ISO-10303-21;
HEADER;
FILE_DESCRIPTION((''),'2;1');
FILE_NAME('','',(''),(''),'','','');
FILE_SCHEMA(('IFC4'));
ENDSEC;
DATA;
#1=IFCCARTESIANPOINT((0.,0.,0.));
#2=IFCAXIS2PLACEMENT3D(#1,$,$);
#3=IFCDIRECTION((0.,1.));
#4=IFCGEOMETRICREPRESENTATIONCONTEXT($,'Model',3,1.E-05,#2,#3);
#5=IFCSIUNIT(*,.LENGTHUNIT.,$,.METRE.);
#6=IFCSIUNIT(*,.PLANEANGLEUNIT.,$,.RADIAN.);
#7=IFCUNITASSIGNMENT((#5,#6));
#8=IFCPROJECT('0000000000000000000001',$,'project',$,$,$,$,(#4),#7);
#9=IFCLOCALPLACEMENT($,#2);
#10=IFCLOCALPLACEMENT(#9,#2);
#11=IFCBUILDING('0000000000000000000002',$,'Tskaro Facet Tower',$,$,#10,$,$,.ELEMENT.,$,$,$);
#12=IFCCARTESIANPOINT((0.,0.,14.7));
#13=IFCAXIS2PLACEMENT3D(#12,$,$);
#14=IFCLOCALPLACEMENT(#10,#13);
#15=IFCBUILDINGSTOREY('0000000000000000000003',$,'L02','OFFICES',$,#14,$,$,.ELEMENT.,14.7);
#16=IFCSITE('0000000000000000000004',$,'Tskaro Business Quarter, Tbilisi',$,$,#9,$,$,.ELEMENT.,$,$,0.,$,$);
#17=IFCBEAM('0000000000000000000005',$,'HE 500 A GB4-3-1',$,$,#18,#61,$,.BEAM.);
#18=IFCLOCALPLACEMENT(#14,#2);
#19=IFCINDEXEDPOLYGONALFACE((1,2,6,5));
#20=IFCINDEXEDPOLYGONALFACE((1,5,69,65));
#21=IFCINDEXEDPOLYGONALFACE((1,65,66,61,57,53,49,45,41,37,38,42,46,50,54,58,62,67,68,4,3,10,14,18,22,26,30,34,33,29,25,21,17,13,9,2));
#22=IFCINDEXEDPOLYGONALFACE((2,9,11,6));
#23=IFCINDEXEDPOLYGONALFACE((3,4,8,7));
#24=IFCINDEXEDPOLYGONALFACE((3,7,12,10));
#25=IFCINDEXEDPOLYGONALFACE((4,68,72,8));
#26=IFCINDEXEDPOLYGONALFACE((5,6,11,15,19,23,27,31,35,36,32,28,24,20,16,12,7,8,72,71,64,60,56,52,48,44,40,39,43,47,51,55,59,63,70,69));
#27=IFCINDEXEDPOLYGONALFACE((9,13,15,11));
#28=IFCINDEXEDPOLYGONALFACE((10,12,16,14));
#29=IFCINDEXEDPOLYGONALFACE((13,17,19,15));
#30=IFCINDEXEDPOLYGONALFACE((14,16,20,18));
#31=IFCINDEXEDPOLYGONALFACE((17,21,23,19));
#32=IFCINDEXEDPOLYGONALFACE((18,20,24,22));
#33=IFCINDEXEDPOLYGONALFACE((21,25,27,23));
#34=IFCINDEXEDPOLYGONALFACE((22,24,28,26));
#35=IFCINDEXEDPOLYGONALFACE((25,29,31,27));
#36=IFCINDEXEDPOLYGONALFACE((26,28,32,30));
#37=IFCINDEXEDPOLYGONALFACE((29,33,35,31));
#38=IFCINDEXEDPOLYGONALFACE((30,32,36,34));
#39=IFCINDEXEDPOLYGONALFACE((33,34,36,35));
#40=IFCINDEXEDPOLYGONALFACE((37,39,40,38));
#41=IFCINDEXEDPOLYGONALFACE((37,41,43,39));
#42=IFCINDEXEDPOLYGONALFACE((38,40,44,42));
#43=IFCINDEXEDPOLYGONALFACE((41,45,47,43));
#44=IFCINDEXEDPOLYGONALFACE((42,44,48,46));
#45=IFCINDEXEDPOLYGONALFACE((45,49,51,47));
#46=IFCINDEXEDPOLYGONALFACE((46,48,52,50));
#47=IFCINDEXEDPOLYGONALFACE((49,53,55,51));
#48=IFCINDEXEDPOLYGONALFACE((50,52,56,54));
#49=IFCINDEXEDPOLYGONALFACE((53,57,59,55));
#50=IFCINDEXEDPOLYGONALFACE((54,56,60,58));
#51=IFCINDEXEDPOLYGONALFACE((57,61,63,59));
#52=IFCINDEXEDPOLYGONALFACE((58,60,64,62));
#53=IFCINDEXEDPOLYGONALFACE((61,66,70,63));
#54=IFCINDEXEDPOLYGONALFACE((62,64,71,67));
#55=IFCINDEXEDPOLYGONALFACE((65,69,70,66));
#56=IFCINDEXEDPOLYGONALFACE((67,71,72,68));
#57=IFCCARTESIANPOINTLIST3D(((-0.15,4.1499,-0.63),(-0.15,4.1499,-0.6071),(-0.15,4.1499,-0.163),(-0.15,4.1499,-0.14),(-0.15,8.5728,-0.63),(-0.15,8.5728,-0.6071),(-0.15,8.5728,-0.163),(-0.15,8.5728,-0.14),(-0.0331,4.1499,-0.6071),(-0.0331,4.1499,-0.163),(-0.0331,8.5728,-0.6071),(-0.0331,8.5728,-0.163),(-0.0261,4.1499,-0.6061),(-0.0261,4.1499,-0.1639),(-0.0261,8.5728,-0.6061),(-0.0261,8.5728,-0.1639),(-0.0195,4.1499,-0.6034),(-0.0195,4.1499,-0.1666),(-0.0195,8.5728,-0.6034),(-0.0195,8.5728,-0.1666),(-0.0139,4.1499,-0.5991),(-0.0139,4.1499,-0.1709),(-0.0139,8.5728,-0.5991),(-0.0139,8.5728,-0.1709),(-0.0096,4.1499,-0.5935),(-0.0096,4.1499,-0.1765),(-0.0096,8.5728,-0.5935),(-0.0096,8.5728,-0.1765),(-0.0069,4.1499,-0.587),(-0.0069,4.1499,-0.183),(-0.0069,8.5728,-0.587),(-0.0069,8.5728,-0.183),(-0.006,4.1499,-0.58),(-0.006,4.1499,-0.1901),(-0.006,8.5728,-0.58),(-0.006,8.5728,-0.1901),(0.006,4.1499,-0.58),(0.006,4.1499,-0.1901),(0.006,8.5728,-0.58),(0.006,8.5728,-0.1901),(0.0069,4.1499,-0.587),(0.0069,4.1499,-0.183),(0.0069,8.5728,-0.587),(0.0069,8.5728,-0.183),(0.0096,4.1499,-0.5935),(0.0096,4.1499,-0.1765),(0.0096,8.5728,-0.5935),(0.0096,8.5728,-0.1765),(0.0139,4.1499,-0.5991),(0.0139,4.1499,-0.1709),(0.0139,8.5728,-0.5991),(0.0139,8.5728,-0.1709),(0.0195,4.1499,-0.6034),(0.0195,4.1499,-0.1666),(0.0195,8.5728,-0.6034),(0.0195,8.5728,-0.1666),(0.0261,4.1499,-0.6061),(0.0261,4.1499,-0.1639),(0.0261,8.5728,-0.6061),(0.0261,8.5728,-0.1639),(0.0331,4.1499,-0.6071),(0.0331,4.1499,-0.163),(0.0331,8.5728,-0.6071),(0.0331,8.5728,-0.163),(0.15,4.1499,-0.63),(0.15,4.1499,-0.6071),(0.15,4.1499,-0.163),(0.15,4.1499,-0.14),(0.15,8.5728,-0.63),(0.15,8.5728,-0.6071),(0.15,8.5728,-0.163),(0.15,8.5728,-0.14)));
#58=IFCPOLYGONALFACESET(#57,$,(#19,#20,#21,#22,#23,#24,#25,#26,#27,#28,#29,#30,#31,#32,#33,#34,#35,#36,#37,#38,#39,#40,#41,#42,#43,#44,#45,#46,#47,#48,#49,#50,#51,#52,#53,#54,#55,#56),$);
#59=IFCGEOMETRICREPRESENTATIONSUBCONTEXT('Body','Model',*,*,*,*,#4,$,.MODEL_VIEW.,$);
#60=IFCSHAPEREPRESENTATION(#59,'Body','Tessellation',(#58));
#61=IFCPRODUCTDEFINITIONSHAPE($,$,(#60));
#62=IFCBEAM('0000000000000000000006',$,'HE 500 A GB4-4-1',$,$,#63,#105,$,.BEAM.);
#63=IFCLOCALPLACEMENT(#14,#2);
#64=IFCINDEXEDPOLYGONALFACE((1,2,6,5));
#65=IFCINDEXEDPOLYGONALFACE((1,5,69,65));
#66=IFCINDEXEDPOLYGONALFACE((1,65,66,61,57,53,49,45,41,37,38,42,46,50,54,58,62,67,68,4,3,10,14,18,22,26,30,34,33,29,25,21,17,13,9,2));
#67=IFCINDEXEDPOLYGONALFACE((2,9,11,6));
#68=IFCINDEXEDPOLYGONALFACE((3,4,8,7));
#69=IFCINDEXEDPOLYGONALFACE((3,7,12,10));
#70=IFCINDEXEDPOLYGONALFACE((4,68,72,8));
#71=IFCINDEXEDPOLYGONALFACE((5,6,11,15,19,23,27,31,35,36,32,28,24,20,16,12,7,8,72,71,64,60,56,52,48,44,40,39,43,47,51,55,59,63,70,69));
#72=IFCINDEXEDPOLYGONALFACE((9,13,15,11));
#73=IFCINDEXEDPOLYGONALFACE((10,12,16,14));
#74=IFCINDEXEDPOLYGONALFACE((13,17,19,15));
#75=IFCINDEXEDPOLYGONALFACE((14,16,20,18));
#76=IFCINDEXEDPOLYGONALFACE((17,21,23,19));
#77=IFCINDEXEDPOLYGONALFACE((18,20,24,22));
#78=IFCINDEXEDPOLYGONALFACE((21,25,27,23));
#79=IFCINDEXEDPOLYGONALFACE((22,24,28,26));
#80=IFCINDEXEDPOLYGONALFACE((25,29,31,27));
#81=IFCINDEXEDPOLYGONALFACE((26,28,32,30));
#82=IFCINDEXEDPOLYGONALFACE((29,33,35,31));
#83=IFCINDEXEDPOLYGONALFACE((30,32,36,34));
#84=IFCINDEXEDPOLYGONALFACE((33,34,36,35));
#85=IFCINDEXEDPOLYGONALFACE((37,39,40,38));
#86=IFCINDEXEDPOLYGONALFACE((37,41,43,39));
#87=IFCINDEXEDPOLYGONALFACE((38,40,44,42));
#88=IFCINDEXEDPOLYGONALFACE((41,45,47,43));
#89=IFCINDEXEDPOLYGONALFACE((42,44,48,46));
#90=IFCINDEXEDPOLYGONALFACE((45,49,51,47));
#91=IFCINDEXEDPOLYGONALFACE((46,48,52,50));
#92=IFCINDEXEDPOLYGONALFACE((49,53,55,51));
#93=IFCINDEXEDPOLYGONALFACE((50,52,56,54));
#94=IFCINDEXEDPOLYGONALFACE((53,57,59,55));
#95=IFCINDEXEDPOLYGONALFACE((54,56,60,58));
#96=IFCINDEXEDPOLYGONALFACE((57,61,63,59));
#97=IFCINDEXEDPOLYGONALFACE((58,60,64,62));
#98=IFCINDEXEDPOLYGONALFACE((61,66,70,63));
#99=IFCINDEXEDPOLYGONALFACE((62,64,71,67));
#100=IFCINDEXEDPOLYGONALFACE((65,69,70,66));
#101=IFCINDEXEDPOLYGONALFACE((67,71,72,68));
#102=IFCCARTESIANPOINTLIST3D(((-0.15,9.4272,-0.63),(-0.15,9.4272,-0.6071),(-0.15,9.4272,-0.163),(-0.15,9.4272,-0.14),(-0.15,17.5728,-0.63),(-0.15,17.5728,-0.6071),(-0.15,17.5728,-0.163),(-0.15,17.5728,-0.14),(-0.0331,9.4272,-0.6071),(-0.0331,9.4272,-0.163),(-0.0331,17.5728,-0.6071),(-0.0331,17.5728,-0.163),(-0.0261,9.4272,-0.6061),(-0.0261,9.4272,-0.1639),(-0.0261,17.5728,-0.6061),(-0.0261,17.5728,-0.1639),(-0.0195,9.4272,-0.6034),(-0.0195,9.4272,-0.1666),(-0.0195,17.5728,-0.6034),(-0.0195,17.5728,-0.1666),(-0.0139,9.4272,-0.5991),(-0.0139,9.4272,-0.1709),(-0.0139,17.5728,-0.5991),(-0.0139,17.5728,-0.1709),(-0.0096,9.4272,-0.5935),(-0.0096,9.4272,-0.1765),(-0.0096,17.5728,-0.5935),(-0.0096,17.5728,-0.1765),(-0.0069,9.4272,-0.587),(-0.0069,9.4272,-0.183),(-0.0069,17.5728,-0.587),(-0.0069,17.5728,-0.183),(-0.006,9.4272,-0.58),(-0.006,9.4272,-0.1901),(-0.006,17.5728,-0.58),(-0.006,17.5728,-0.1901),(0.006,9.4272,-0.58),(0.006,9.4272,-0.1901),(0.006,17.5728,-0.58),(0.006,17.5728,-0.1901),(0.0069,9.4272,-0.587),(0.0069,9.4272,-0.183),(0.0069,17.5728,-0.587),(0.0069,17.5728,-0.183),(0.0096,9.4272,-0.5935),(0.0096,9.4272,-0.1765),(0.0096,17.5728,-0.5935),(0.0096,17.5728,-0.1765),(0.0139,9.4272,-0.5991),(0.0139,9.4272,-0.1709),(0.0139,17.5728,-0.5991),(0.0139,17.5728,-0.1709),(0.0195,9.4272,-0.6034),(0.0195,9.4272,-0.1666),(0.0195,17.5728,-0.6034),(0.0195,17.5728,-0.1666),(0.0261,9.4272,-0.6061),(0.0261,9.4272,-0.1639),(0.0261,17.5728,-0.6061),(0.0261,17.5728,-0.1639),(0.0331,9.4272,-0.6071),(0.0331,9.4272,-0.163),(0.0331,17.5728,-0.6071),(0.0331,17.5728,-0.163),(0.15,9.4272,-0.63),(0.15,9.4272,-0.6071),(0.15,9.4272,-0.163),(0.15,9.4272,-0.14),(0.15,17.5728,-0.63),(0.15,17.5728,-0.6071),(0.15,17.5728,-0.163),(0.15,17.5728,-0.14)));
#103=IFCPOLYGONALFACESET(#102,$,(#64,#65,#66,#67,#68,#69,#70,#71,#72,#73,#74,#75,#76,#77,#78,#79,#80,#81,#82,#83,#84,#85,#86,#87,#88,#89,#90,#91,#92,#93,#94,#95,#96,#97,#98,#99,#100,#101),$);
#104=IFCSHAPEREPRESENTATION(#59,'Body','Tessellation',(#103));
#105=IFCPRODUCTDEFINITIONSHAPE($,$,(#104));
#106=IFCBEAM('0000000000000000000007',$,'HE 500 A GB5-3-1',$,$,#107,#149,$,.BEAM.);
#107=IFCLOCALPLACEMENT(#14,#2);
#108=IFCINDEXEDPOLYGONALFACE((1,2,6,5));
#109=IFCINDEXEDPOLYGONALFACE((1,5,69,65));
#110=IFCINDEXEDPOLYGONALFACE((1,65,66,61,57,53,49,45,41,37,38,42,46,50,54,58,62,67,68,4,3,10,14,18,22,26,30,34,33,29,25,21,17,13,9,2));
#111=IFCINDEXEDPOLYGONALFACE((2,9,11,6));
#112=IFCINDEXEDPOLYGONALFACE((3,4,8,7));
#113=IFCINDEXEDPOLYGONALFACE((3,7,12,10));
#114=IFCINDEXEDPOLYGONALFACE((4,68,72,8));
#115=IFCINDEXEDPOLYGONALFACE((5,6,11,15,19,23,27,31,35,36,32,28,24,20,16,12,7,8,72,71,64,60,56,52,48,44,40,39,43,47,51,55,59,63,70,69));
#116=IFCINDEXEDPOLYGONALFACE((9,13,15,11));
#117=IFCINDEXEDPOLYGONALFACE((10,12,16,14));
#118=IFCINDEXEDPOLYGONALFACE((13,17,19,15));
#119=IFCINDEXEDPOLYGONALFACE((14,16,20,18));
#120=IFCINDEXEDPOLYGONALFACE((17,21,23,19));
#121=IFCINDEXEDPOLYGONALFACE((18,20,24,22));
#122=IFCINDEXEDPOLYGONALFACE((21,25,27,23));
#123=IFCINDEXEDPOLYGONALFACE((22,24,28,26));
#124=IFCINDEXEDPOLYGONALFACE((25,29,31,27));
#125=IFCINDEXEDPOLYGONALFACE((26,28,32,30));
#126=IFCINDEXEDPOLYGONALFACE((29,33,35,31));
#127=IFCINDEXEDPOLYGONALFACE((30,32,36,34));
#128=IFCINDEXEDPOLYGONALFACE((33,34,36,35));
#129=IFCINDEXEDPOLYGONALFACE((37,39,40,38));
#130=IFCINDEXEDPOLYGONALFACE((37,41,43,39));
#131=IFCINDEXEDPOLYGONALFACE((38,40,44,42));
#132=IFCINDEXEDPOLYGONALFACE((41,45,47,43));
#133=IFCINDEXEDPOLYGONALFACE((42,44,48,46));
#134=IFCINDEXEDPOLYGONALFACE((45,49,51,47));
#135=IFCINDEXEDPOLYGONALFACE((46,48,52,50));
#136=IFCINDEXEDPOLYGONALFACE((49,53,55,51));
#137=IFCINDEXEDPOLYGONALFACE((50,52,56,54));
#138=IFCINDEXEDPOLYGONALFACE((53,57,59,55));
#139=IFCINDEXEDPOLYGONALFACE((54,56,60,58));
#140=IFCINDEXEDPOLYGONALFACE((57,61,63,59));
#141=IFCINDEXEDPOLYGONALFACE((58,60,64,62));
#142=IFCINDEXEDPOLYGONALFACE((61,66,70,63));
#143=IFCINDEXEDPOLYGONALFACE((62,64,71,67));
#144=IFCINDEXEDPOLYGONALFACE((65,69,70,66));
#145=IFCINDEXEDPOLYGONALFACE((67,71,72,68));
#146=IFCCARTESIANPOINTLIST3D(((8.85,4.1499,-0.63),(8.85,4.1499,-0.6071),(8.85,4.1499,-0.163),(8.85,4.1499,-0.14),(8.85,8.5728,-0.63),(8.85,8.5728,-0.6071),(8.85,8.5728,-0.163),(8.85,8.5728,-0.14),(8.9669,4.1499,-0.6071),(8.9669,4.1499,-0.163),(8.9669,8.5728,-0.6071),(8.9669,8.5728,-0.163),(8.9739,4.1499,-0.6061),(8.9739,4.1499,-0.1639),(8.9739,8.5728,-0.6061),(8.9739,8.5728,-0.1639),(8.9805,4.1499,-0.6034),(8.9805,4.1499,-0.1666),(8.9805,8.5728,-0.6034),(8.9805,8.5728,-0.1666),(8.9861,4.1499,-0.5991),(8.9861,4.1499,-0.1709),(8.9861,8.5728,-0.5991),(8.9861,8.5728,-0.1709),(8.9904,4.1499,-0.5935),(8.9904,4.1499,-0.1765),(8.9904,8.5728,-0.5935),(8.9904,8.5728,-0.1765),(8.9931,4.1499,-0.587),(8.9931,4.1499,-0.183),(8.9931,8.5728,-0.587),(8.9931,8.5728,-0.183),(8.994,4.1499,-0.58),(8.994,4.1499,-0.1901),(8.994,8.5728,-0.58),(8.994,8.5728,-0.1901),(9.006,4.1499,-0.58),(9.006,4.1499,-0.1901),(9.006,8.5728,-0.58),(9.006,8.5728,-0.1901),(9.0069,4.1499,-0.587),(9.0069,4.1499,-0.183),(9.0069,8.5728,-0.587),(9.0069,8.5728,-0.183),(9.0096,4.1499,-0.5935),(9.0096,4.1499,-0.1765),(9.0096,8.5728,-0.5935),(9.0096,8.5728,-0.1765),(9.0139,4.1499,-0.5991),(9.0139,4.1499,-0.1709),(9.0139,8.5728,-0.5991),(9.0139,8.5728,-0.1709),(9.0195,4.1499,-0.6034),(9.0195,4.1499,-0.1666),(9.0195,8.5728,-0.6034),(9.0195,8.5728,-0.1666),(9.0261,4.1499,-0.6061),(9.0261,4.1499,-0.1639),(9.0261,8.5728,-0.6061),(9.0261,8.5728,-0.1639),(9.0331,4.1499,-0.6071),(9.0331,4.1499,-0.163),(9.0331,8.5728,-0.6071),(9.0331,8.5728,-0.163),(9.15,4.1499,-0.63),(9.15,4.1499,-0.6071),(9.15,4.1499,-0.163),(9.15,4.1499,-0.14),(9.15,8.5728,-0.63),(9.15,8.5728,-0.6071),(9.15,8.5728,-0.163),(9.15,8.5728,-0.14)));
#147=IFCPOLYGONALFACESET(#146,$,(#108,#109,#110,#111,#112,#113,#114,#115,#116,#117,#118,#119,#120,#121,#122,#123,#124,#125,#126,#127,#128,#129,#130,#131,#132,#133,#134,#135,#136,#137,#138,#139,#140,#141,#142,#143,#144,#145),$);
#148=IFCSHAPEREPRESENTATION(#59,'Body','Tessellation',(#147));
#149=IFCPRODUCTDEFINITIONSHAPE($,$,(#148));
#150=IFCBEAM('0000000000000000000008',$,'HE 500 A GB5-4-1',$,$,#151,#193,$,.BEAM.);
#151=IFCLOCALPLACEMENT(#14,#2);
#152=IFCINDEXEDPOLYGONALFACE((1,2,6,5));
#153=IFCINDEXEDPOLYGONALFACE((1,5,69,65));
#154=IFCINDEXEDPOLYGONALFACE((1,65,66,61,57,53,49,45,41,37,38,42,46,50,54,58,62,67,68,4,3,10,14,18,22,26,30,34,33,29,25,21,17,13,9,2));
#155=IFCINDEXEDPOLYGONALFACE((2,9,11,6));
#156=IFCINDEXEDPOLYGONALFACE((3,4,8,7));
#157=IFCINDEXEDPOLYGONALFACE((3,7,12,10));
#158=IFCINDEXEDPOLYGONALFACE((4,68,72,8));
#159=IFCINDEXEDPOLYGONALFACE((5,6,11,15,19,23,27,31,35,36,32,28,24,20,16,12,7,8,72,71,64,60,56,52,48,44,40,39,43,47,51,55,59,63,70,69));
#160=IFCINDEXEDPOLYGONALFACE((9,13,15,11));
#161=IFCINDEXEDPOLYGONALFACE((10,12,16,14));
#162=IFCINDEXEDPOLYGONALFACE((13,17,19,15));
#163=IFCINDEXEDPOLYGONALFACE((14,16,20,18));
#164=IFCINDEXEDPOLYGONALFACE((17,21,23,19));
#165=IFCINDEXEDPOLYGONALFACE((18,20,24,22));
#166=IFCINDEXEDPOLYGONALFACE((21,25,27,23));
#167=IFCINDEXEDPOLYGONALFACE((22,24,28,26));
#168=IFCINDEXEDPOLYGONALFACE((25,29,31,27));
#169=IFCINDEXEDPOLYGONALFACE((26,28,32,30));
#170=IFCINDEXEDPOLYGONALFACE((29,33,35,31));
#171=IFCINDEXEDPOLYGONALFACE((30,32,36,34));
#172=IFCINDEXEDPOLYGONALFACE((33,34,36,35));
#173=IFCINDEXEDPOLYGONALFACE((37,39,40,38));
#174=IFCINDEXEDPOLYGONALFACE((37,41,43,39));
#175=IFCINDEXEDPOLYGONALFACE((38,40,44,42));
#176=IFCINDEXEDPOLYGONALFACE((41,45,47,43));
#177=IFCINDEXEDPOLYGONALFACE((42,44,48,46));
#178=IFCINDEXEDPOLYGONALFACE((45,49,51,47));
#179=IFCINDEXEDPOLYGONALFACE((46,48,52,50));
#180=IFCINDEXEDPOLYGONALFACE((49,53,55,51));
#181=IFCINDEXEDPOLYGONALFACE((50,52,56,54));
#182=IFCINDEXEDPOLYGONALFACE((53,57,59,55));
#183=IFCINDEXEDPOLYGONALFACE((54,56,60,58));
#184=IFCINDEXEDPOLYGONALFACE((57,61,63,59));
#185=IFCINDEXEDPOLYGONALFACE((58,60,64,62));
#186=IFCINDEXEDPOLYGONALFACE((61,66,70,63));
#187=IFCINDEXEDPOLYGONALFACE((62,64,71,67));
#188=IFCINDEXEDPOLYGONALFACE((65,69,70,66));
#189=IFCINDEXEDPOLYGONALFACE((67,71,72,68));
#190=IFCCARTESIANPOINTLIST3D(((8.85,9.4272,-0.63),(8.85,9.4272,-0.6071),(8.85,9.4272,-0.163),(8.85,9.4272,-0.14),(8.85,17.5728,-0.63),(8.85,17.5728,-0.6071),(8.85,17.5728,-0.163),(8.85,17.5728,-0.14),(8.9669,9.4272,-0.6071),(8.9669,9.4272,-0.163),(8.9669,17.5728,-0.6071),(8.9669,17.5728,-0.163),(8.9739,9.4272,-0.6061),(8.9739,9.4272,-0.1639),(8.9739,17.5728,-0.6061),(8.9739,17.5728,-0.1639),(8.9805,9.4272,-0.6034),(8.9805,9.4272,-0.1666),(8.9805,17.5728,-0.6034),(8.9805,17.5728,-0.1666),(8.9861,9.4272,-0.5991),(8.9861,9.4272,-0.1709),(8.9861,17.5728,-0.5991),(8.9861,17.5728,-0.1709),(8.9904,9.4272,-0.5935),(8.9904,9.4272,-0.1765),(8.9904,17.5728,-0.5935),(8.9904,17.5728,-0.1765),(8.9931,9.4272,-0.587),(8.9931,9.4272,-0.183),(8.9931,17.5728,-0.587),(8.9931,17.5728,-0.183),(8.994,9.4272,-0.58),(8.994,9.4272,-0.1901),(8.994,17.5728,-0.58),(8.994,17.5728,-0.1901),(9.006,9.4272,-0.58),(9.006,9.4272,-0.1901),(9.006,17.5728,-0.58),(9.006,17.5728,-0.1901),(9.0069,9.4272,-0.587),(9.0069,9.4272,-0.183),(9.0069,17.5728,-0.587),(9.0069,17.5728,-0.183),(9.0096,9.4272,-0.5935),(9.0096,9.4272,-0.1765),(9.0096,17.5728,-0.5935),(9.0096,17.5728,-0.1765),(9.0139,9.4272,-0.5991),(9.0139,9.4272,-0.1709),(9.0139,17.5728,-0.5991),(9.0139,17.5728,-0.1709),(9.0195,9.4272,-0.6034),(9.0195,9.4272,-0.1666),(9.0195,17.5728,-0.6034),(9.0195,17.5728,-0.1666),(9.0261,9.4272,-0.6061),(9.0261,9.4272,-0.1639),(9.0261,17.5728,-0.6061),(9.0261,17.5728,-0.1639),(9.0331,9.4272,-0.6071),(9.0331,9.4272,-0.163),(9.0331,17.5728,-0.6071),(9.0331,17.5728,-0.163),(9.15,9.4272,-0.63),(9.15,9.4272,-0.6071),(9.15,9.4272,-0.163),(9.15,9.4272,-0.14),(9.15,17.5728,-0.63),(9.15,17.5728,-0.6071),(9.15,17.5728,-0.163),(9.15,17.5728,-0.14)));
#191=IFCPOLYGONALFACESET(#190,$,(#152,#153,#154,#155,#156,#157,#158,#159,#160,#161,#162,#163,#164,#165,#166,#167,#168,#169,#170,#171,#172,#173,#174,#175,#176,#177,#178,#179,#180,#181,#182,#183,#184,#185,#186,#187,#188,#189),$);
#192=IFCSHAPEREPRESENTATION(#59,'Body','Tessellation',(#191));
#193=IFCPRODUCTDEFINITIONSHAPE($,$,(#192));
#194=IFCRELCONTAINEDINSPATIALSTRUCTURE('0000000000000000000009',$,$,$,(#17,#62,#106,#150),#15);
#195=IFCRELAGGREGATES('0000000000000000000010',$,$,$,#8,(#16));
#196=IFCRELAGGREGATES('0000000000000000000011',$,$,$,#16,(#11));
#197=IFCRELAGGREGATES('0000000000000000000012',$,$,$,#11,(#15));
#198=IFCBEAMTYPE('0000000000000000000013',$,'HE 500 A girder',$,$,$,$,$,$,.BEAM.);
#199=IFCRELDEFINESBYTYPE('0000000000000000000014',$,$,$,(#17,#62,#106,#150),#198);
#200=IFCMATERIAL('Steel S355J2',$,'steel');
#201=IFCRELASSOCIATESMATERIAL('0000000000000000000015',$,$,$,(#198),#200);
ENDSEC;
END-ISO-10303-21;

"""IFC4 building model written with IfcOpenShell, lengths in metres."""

from ifc_helpers import new_model, si_unit, direction, frame, origin, origin_2d, place, context, subcontext, project, spatial, i_section, extrude, material, material_profile, profile_set, type_object, element, save


model = new_model("IFC4")

# Units and contexts
model_context = context("Model", 3, precision=1e-05, world=origin(), true_north=direction((0.0, 1.0)))
body_context = subcontext(model_context, "Body", "Model", "MODEL_VIEW")
ifc_project = project(units=[si_unit("LENGTHUNIT", "METRE"), si_unit("PLANEANGLEUNIT", "RADIAN")], contexts=[model_context])

# Site, building, storey
site_placement = place(None, origin())
site = spatial("IfcSite", under=ifc_project, at=site_placement, Name="Tskaro Business Quarter, Tbilisi", CompositionType="ELEMENT", RefElevation=0.0)
building_placement = place(site_placement, origin())
building = spatial("IfcBuilding", under=site, at=building_placement, Name="Tskaro Facet Tower", CompositionType="ELEMENT")
storey_placement = place(building_placement, frame((0.0, 0.0, 14.7)))
storey = spatial("IfcBuildingStorey", under=building, at=storey_placement, Name="L02", Description="OFFICES", CompositionType="ELEMENT", Elevation=14.7)

# Beams
ifc_material_1 = material(Name="Steel S355J2", Category="steel")
ifc_material_profile_1 = material_profile(ifc_material_1, i_section(OverallWidth=0.3, OverallDepth=0.49, WebThickness=0.012, FlangeThickness=0.0229, FilletRadius=0.0271, at=origin_2d()), Name="HE 500 A")
ifc_profile_set_1 = profile_set([ifc_material_profile_1], Name="Steel S355J2")
beam_type_1 = type_object("IfcBeamType", Name="HE 500 A girder", PredefinedType="BEAM", material=ifc_profile_set_1)
beam_1_placement = place(storey_placement, frame((0.0, 4.1499, -0.385), z_axis=(0.0, 1.0, 0.0), x_axis=(-1.0, 0.0, 0.0)))
element("IfcBeam", 1, at=beam_1_placement, inside=storey, type_object=beam_type_1, Name="HE 500 A GB4-3-1", PredefinedType="BEAM", context=body_context, shape_type="SweptSolid", body=[
    extrude(i_section(OverallWidth=0.3, OverallDepth=0.49, WebThickness=0.012, FlangeThickness=0.0229, FilletRadius=0.0271, at=origin_2d()), origin(), (0.0, 0.0, 1.0), 4.4229),
])
beam_2_placement = place(storey_placement, frame((0.0, 9.4272, -0.385), z_axis=(0.0, 1.0, 0.0), x_axis=(-1.0, 0.0, 0.0)))
element("IfcBeam", 2, at=beam_2_placement, inside=storey, type_object=beam_type_1, Name="HE 500 A GB4-4-1", PredefinedType="BEAM", context=body_context, shape_type="SweptSolid", body=[
    extrude(i_section(OverallWidth=0.3, OverallDepth=0.49, WebThickness=0.012, FlangeThickness=0.0229, FilletRadius=0.0271, at=origin_2d()), origin(), (0.0, 0.0, 1.0), 8.1455),
])
beam_3_placement = place(storey_placement, frame((9.0, 4.1499, -0.385), z_axis=(0.0, 1.0, 0.0), x_axis=(-1.0, 0.0, 0.0)))
element("IfcBeam", 3, at=beam_3_placement, inside=storey, type_object=beam_type_1, Name="HE 500 A GB5-3-1", PredefinedType="BEAM", context=body_context, shape_type="SweptSolid", body=[
    extrude(i_section(OverallWidth=0.3, OverallDepth=0.49, WebThickness=0.012, FlangeThickness=0.0229, FilletRadius=0.0271, at=origin_2d()), origin(), (0.0, 0.0, 1.0), 4.4229),
])
beam_4_placement = place(storey_placement, frame((9.0, 9.4272, -0.385), z_axis=(0.0, 1.0, 0.0), x_axis=(-1.0, 0.0, 0.0)))
element("IfcBeam", 4, at=beam_4_placement, inside=storey, type_object=beam_type_1, Name="HE 500 A GB5-4-1", PredefinedType="BEAM", context=body_context, shape_type="SweptSolid", body=[
    extrude(i_section(OverallWidth=0.3, OverallDepth=0.49, WebThickness=0.012, FlangeThickness=0.0229, FilletRadius=0.0271, at=origin_2d()), origin(), (0.0, 0.0, 1.0), 8.1455),
])

save(model, "model.ifc")
